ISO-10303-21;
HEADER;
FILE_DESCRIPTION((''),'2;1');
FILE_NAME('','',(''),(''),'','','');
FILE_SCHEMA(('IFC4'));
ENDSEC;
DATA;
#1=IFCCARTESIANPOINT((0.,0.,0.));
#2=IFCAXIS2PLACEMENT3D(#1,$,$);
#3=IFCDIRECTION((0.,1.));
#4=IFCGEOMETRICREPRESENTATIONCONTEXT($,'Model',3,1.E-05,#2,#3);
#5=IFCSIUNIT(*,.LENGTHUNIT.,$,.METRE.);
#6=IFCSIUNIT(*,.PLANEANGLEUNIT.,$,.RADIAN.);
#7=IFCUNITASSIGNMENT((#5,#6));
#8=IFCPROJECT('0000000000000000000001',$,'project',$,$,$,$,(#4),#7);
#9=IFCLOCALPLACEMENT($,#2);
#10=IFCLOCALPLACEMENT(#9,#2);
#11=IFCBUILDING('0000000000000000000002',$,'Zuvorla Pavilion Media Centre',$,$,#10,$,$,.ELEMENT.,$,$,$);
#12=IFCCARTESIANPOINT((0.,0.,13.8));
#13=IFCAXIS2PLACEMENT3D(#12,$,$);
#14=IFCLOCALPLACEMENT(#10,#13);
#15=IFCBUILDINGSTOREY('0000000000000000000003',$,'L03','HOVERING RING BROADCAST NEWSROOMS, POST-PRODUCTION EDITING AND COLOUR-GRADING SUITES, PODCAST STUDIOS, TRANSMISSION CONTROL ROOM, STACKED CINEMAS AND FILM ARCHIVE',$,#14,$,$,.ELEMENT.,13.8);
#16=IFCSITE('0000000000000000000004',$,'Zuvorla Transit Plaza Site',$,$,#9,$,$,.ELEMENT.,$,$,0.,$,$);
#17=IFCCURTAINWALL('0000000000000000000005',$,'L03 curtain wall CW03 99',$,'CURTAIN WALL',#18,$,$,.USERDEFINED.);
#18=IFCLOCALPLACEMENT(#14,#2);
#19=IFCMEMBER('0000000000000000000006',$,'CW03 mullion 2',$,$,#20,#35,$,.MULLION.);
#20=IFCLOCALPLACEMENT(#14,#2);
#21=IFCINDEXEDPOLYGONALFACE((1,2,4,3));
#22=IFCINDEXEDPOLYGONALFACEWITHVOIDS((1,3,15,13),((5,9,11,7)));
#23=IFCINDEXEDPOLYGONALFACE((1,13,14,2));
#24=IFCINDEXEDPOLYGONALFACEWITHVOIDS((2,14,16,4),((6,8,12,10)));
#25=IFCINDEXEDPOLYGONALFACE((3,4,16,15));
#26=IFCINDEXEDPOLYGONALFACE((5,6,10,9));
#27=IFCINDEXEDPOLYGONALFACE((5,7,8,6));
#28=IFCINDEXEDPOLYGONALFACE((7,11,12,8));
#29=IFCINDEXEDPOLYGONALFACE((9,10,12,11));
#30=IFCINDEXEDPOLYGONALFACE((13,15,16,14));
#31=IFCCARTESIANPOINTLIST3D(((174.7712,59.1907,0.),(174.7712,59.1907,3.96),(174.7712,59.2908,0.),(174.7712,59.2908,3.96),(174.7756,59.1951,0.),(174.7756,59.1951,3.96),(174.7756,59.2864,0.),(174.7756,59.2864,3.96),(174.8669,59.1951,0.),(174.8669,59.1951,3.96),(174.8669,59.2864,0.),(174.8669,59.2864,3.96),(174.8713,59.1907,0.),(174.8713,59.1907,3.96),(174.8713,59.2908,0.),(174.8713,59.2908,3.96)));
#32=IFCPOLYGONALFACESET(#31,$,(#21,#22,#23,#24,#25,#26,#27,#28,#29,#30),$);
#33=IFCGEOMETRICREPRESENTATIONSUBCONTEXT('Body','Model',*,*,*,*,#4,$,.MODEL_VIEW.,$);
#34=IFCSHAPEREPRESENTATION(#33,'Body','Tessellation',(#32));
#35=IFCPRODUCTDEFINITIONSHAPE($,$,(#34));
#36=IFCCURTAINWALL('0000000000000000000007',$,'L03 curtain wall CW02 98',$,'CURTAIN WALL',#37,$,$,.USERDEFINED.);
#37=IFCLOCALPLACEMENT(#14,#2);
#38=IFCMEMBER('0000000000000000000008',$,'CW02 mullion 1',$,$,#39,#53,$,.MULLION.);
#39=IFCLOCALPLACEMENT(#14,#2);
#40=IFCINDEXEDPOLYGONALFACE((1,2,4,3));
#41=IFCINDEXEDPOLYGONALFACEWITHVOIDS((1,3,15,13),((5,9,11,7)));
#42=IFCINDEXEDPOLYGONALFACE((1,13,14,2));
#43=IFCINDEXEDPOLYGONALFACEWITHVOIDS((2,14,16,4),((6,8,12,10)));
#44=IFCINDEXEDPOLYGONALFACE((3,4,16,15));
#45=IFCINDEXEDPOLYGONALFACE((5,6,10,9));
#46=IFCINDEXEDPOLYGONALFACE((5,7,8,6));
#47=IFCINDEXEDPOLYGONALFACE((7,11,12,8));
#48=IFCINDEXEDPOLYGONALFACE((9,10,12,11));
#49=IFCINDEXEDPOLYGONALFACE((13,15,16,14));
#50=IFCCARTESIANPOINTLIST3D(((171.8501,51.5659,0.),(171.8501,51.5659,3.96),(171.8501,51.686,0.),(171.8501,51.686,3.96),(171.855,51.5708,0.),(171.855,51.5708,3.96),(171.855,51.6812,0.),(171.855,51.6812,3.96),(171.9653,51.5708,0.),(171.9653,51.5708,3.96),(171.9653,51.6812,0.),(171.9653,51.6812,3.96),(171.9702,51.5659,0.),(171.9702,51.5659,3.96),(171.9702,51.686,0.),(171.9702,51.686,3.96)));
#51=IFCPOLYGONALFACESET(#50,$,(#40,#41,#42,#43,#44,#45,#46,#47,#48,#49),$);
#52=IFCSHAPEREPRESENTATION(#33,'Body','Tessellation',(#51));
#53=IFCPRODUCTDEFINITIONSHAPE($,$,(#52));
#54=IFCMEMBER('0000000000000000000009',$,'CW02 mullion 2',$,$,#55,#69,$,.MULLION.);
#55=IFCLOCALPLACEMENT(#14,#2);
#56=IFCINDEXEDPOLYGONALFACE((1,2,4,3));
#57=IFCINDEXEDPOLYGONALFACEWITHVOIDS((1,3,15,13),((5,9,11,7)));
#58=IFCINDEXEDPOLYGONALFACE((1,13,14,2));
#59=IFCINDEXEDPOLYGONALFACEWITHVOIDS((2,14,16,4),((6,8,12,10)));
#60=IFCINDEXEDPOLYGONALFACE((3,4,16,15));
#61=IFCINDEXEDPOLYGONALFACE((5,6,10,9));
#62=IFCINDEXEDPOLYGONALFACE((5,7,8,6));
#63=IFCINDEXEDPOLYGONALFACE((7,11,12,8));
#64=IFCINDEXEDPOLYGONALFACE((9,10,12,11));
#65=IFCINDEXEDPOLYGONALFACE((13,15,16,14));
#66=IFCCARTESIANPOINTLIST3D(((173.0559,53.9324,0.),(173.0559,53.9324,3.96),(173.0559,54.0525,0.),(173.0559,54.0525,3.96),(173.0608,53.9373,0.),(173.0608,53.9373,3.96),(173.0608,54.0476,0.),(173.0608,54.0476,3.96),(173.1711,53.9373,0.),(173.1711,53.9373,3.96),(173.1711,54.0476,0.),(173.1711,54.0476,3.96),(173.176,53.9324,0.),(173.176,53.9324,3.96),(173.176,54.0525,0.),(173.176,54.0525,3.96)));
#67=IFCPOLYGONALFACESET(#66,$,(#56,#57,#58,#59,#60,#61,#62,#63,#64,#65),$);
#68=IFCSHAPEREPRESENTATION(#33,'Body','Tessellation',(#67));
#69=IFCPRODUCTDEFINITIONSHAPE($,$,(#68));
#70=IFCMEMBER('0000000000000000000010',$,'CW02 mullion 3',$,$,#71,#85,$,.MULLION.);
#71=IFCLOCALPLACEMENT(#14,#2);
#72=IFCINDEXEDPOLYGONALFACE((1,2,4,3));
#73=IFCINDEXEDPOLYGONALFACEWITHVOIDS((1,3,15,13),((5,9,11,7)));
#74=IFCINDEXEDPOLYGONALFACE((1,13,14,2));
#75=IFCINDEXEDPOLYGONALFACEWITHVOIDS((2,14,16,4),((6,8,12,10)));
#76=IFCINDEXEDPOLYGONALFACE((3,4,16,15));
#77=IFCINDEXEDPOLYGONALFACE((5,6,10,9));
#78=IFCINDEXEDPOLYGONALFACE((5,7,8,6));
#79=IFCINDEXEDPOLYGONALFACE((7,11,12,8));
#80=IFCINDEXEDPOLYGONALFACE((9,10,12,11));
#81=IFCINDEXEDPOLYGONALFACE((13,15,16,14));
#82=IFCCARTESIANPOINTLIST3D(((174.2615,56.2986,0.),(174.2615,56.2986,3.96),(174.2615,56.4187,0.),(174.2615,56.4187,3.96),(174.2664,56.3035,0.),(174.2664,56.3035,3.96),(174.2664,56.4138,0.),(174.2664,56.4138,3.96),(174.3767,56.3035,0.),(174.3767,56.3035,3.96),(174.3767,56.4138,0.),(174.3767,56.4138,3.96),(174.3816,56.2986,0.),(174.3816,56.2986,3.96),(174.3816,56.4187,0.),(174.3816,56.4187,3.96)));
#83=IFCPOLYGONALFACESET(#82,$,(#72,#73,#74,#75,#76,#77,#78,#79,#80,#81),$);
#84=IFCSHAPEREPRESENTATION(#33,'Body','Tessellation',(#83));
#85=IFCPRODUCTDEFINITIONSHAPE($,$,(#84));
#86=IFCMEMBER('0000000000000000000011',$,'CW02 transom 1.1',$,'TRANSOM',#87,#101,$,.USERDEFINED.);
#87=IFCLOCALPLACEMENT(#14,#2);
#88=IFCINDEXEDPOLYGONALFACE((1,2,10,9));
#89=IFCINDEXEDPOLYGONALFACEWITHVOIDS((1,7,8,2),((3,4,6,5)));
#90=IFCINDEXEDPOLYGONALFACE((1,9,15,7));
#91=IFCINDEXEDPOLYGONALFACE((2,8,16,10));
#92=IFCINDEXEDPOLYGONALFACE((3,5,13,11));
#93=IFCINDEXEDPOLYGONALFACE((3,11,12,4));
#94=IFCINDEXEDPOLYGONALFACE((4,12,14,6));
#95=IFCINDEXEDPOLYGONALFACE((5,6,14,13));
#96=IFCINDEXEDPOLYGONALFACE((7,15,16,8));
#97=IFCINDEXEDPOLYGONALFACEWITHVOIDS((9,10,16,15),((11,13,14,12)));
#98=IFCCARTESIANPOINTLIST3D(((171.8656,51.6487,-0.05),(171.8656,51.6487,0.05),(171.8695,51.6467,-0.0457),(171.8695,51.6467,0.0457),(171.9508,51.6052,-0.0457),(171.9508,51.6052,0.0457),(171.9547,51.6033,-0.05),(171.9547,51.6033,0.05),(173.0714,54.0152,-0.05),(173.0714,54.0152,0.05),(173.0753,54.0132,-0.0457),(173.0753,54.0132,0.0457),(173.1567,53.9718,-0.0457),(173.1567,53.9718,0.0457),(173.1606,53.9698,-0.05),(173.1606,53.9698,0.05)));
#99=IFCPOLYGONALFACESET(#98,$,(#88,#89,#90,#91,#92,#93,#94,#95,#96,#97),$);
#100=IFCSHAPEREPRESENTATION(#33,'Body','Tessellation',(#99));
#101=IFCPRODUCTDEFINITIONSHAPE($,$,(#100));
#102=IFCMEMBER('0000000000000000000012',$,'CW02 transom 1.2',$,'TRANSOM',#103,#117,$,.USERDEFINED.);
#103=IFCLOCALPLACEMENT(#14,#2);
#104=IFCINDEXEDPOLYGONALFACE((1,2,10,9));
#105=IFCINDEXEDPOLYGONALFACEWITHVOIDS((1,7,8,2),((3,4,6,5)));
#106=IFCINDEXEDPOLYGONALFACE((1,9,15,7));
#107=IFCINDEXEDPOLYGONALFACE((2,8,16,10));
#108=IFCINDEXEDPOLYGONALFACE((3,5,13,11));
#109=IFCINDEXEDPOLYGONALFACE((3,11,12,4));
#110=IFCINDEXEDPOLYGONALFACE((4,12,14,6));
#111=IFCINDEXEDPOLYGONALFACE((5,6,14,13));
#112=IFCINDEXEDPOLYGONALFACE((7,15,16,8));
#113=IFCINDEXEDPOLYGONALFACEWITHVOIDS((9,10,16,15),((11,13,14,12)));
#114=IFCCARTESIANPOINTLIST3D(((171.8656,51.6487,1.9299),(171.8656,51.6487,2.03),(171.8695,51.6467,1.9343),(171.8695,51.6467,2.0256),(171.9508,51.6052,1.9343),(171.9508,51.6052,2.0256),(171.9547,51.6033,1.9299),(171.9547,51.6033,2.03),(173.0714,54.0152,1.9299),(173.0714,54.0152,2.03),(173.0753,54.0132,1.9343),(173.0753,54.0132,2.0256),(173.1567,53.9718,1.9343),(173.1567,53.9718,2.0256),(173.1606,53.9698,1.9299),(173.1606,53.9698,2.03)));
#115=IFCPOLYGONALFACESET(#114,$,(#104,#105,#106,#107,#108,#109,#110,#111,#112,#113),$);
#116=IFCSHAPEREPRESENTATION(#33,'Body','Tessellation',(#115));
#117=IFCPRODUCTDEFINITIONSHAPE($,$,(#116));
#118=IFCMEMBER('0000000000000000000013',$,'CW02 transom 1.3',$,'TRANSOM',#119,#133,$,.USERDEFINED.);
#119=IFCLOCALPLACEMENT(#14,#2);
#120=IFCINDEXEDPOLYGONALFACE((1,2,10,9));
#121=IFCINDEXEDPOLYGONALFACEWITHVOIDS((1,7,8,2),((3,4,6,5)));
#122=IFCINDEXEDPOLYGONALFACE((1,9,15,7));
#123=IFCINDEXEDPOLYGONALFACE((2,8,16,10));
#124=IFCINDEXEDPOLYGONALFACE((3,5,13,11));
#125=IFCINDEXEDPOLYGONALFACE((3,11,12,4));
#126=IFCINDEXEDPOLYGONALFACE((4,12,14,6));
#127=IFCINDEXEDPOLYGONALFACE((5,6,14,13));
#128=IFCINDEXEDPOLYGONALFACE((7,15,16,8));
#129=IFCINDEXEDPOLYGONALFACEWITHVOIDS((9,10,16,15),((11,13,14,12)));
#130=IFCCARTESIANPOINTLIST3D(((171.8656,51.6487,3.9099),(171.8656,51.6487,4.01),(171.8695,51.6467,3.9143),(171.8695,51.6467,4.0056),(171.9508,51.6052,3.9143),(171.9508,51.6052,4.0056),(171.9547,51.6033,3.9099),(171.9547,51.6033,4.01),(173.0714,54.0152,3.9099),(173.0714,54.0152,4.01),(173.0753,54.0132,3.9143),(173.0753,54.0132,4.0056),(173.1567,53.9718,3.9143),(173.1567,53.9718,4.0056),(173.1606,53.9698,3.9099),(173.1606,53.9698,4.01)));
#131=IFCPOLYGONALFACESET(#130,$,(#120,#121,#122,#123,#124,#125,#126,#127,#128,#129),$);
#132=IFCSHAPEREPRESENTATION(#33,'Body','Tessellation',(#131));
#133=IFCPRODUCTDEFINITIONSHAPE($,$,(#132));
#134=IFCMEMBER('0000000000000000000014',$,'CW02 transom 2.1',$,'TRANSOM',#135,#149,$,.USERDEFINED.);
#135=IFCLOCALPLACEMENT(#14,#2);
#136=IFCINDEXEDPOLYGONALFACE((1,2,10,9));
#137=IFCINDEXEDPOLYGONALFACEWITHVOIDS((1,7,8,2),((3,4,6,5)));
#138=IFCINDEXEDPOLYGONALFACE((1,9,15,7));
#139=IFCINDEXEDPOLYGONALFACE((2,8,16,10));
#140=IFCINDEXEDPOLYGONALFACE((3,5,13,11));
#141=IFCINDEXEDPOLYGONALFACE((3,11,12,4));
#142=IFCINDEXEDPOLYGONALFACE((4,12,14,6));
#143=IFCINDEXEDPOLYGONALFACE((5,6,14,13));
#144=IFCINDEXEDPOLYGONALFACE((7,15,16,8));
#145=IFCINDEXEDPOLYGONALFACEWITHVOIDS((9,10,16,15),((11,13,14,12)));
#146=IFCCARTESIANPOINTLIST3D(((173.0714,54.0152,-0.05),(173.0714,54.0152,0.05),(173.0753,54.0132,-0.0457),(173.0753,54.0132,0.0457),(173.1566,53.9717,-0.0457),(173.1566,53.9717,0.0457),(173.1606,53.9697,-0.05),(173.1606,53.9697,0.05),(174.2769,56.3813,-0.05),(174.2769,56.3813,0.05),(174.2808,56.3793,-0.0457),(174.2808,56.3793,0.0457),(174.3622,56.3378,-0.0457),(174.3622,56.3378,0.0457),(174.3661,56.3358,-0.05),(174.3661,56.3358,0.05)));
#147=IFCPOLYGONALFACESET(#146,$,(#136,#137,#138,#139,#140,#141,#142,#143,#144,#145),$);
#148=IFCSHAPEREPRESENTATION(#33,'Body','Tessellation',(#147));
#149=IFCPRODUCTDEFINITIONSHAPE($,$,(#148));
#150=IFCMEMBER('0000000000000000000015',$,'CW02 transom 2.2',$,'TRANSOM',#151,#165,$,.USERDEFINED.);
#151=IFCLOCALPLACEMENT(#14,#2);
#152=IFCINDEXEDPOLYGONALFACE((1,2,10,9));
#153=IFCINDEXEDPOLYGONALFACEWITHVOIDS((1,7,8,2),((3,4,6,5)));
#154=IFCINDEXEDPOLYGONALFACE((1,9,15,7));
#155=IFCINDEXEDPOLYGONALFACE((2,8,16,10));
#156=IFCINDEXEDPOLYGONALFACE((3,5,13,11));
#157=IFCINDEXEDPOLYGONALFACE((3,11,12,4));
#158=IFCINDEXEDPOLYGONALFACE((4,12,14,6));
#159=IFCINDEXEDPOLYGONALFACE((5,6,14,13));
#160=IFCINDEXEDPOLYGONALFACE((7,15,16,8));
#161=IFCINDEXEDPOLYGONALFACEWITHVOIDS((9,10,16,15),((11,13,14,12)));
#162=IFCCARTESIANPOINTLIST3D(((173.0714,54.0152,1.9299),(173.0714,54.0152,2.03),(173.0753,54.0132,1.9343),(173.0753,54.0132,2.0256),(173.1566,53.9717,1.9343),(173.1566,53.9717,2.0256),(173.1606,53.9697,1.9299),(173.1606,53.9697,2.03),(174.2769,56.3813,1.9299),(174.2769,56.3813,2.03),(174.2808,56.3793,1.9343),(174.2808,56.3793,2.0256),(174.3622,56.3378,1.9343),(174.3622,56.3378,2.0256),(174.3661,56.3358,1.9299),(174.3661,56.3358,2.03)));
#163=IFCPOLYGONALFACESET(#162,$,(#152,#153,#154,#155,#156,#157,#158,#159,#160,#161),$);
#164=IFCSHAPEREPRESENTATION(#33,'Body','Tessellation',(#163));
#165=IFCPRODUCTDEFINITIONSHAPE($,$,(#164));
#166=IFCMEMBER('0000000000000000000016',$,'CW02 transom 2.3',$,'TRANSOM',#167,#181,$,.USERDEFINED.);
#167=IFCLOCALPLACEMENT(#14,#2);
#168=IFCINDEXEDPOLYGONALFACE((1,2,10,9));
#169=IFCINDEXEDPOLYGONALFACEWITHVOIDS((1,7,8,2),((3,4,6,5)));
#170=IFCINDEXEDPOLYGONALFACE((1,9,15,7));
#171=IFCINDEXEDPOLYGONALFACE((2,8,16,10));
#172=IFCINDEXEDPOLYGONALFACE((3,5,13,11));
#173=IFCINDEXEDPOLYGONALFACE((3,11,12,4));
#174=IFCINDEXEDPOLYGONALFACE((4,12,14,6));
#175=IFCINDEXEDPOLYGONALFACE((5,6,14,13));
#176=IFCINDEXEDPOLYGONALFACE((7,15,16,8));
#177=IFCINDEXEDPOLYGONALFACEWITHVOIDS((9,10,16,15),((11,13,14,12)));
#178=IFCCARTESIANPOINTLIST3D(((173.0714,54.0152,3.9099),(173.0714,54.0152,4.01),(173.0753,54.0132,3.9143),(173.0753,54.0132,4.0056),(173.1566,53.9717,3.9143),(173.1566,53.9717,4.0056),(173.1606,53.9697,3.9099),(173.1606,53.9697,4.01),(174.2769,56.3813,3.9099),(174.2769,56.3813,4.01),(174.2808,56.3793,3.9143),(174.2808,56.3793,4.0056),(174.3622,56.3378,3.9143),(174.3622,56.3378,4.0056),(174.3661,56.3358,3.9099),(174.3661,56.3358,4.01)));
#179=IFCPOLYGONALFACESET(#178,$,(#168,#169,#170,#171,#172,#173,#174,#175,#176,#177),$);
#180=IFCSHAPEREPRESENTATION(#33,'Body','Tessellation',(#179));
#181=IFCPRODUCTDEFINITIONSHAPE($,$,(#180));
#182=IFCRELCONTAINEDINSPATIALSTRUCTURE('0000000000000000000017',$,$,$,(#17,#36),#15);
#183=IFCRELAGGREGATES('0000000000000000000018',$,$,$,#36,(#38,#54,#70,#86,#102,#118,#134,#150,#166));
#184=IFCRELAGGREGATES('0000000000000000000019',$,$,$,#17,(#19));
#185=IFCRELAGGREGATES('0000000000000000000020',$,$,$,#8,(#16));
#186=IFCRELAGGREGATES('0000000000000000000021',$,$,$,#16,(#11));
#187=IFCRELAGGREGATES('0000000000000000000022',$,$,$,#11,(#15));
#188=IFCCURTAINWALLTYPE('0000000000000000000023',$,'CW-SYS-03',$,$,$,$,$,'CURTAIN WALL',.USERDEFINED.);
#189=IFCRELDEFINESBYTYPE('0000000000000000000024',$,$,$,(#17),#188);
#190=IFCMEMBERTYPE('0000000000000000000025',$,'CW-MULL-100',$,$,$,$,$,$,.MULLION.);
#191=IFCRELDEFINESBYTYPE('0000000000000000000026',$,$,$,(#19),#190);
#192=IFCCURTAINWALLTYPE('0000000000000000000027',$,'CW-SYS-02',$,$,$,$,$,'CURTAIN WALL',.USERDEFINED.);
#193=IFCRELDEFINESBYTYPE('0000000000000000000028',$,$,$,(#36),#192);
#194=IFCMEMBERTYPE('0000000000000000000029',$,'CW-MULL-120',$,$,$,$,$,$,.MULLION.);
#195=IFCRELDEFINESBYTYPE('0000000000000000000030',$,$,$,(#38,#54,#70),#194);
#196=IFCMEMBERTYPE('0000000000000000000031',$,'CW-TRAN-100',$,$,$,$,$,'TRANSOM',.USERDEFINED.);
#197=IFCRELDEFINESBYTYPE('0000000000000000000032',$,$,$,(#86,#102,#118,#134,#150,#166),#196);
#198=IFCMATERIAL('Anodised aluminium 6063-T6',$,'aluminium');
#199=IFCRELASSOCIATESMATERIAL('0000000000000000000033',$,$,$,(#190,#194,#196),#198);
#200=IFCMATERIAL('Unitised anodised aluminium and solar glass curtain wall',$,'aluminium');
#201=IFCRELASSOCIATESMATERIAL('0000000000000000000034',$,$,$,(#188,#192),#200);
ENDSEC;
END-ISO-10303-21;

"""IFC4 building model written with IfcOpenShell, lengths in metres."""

from ifc_helpers import new_model, si_unit, direction, frame, origin, origin_2d, place, context, subcontext, project, spatial, hollow_rectangle, extrude, material, material_profile, profile_set, type_object, element, aggregate, save


model = new_model("IFC4")

# Units and contexts
model_context = context("Model", 3, precision=1e-05, world=origin(), true_north=direction((0.0, 1.0)))
body_context = subcontext(model_context, "Body", "Model", "MODEL_VIEW")
ifc_project = project(units=[si_unit("LENGTHUNIT", "METRE"), si_unit("PLANEANGLEUNIT", "RADIAN")], contexts=[model_context])

# Site, building, storey
site_placement = place(None, origin())
site = spatial("IfcSite", under=ifc_project, at=site_placement, Name="Zuvorla Transit Plaza Site", CompositionType="ELEMENT", RefElevation=0.0)
building_placement = place(site_placement, origin())
building = spatial("IfcBuilding", under=site, at=building_placement, Name="Zuvorla Pavilion Media Centre", CompositionType="ELEMENT")
storey_placement = place(building_placement, frame((0.0, 0.0, 13.8)))
storey = spatial("IfcBuildingStorey", under=building, at=storey_placement, Name="L03", Description="HOVERING RING BROADCAST NEWSROOMS, POST-PRODUCTION EDITING AND COLOUR-GRADING SUITES, PODCAST STUDIOS, TRANSMISSION CONTROL ROOM, STACKED CINEMAS AND FILM ARCHIVE", CompositionType="ELEMENT", Elevation=13.8)

# Curtain walls, members
ifc_material_1 = material(Name="Unitised anodised aluminium and solar glass curtain wall", Category="aluminium")
ifc_material_2 = material(Name="Anodised aluminium 6063-T6", Category="aluminium")
ifc_material_profile_1 = material_profile(ifc_material_2, hollow_rectangle(XDim=0.1001, YDim=0.1001, WallThickness=0.0044, at=origin_2d()), Name="ALU MULL 100x100")
ifc_profile_set_1 = profile_set([ifc_material_profile_1], Name="Anodised aluminium 6063-T6")
member_type_1 = type_object("IfcMemberType", Name="CW-MULL-100", PredefinedType="MULLION", material=ifc_profile_set_1)
curtain_wall_type_1 = type_object("IfcCurtainWallType", Name="CW-SYS-03", ElementType="CURTAIN WALL", PredefinedType="USERDEFINED", material=ifc_material_1)
curtain_wall_1_placement = place(storey_placement, origin())
curtain_wall_1 = element("IfcCurtainWall", 1, at=curtain_wall_1_placement, inside=storey, type_object=curtain_wall_type_1, Name="L03 curtain wall CW03 99", ObjectType="CURTAIN WALL", PredefinedType="USERDEFINED")
member_1_placement = place(storey_placement, frame((174.8213, 59.2407, 0.0), z_axis=(0.0, 0.0, 1.0), x_axis=(1.0, 0.0, 0.0)))
member_1 = element("IfcMember", 2, at=member_1_placement, type_object=member_type_1, Name="CW03 mullion 2", PredefinedType="MULLION", context=body_context, shape_type="SweptSolid", body=[
    extrude(hollow_rectangle(XDim=0.1001, YDim=0.1001, WallThickness=0.0044, at=origin_2d()), origin(), (0.0, 0.0, 1.0), 3.96),
])
curtain_wall_type_2 = type_object("IfcCurtainWallType", Name="CW-SYS-02", ElementType="CURTAIN WALL", PredefinedType="USERDEFINED", material=ifc_material_1)
curtain_wall_2_placement = place(storey_placement, origin())
curtain_wall_2 = element("IfcCurtainWall", 3, at=curtain_wall_2_placement, inside=storey, type_object=curtain_wall_type_2, Name="L03 curtain wall CW02 98", ObjectType="CURTAIN WALL", PredefinedType="USERDEFINED")
ifc_material_profile_2 = material_profile(ifc_material_2, hollow_rectangle(XDim=0.1201, YDim=0.1201, WallThickness=0.0049, at=origin_2d()), Name="ALU MULL 120x120")
ifc_profile_set_2 = profile_set([ifc_material_profile_2], Name="Anodised aluminium 6063-T6")
member_type_2 = type_object("IfcMemberType", Name="CW-MULL-120", PredefinedType="MULLION", material=ifc_profile_set_2)
member_2_placement = place(storey_placement, frame((171.9102, 51.626, 0.0), z_axis=(0.0, 0.0, 1.0), x_axis=(1.0, 0.0, 0.0)))
member_2 = element("IfcMember", 4, at=member_2_placement, type_object=member_type_2, Name="CW02 mullion 1", PredefinedType="MULLION", context=body_context, shape_type="SweptSolid", body=[
    extrude(hollow_rectangle(XDim=0.1201, YDim=0.1201, WallThickness=0.0049, at=origin_2d()), origin(), (0.0, 0.0, 1.0), 3.96),
])
member_3_placement = place(storey_placement, frame((173.116, 53.9924, 0.0), z_axis=(0.0, 0.0, 1.0), x_axis=(1.0, 0.0, 0.0)))
member_3 = element("IfcMember", 5, at=member_3_placement, type_object=member_type_2, Name="CW02 mullion 2", PredefinedType="MULLION", context=body_context, shape_type="SweptSolid", body=[
    extrude(hollow_rectangle(XDim=0.1201, YDim=0.1201, WallThickness=0.0049, at=origin_2d()), origin(), (0.0, 0.0, 1.0), 3.96),
])
member_4_placement = place(storey_placement, frame((174.3215, 56.3586, 0.0), z_axis=(0.0, 0.0, 1.0), x_axis=(1.0, 0.0, 0.0)))
member_4 = element("IfcMember", 6, at=member_4_placement, type_object=member_type_2, Name="CW02 mullion 3", PredefinedType="MULLION", context=body_context, shape_type="SweptSolid", body=[
    extrude(hollow_rectangle(XDim=0.1201, YDim=0.1201, WallThickness=0.0049, at=origin_2d()), origin(), (0.0, 0.0, 1.0), 3.96),
])
ifc_material_profile_3 = material_profile(ifc_material_2, hollow_rectangle(XDim=0.1001, YDim=0.1001, WallThickness=0.0044, at=origin_2d()), Name="ALU TRAN 100x100")
ifc_profile_set_3 = profile_set([ifc_material_profile_3], Name="Anodised aluminium 6063-T6")
member_type_3 = type_object("IfcMemberType", Name="CW-TRAN-100", ElementType="TRANSOM", PredefinedType="USERDEFINED", material=ifc_profile_set_3)
member_5_placement = place(storey_placement, frame((171.9102, 51.626, 0.0), z_axis=(0.454003, 0.891, 0.0), x_axis=(-0.891, 0.454003, 0.0)))
member_5 = element("IfcMember", 7, at=member_5_placement, type_object=member_type_3, Name="CW02 transom 1.1", ObjectType="TRANSOM", PredefinedType="USERDEFINED", context=body_context, shape_type="SweptSolid", body=[
    extrude(hollow_rectangle(XDim=0.1001, YDim=0.1001, WallThickness=0.0044, at=origin_2d()), origin(), (0.0, 0.0, 1.0), 2.656),
])
member_6_placement = place(storey_placement, frame((171.9102, 51.626, 1.98), z_axis=(0.454003, 0.891, 0.0), x_axis=(-0.891, 0.454003, 0.0)))
member_6 = element("IfcMember", 8, at=member_6_placement, type_object=member_type_3, Name="CW02 transom 1.2", ObjectType="TRANSOM", PredefinedType="USERDEFINED", context=body_context, shape_type="SweptSolid", body=[
    extrude(hollow_rectangle(XDim=0.1001, YDim=0.1001, WallThickness=0.0044, at=origin_2d()), origin(), (0.0, 0.0, 1.0), 2.656),
])
member_7_placement = place(storey_placement, frame((171.9102, 51.626, 3.96), z_axis=(0.454003, 0.891, 0.0), x_axis=(-0.891, 0.454003, 0.0)))
member_7 = element("IfcMember", 9, at=member_7_placement, type_object=member_type_3, Name="CW02 transom 1.3", ObjectType="TRANSOM", PredefinedType="USERDEFINED", context=body_context, shape_type="SweptSolid", body=[
    extrude(hollow_rectangle(XDim=0.1001, YDim=0.1001, WallThickness=0.0044, at=origin_2d()), origin(), (0.0, 0.0, 1.0), 2.656),
])
member_8_placement = place(storey_placement, frame((173.116, 53.9924, 0.0), z_axis=(0.453967, 0.891018, 0.0), x_axis=(-0.891018, 0.453967, 0.0)))
member_8 = element("IfcMember", 10, at=member_8_placement, type_object=member_type_3, Name="CW02 transom 2.1", ObjectType="TRANSOM", PredefinedType="USERDEFINED", context=body_context, shape_type="SweptSolid", body=[
    extrude(hollow_rectangle(XDim=0.1001, YDim=0.1001, WallThickness=0.0044, at=origin_2d()), origin(), (0.0, 0.0, 1.0), 2.6555),
])
member_9_placement = place(storey_placement, frame((173.116, 53.9924, 1.98), z_axis=(0.453967, 0.891018, 0.0), x_axis=(-0.891018, 0.453967, 0.0)))
member_9 = element("IfcMember", 11, at=member_9_placement, type_object=member_type_3, Name="CW02 transom 2.2", ObjectType="TRANSOM", PredefinedType="USERDEFINED", context=body_context, shape_type="SweptSolid", body=[
    extrude(hollow_rectangle(XDim=0.1001, YDim=0.1001, WallThickness=0.0044, at=origin_2d()), origin(), (0.0, 0.0, 1.0), 2.6555),
])
member_10_placement = place(storey_placement, frame((173.116, 53.9924, 3.96), z_axis=(0.453967, 0.891018, 0.0), x_axis=(-0.891018, 0.453967, 0.0)))
member_10 = element("IfcMember", 12, at=member_10_placement, type_object=member_type_3, Name="CW02 transom 2.3", ObjectType="TRANSOM", PredefinedType="USERDEFINED", context=body_context, shape_type="SweptSolid", body=[
    extrude(hollow_rectangle(XDim=0.1001, YDim=0.1001, WallThickness=0.0044, at=origin_2d()), origin(), (0.0, 0.0, 1.0), 2.6555),
])

aggregate(curtain_wall_2, [member_2, member_3, member_4, member_5, member_6, member_7, member_8, member_9, member_10])
aggregate(curtain_wall_1, [member_1])

save(model, "model.ifc")
